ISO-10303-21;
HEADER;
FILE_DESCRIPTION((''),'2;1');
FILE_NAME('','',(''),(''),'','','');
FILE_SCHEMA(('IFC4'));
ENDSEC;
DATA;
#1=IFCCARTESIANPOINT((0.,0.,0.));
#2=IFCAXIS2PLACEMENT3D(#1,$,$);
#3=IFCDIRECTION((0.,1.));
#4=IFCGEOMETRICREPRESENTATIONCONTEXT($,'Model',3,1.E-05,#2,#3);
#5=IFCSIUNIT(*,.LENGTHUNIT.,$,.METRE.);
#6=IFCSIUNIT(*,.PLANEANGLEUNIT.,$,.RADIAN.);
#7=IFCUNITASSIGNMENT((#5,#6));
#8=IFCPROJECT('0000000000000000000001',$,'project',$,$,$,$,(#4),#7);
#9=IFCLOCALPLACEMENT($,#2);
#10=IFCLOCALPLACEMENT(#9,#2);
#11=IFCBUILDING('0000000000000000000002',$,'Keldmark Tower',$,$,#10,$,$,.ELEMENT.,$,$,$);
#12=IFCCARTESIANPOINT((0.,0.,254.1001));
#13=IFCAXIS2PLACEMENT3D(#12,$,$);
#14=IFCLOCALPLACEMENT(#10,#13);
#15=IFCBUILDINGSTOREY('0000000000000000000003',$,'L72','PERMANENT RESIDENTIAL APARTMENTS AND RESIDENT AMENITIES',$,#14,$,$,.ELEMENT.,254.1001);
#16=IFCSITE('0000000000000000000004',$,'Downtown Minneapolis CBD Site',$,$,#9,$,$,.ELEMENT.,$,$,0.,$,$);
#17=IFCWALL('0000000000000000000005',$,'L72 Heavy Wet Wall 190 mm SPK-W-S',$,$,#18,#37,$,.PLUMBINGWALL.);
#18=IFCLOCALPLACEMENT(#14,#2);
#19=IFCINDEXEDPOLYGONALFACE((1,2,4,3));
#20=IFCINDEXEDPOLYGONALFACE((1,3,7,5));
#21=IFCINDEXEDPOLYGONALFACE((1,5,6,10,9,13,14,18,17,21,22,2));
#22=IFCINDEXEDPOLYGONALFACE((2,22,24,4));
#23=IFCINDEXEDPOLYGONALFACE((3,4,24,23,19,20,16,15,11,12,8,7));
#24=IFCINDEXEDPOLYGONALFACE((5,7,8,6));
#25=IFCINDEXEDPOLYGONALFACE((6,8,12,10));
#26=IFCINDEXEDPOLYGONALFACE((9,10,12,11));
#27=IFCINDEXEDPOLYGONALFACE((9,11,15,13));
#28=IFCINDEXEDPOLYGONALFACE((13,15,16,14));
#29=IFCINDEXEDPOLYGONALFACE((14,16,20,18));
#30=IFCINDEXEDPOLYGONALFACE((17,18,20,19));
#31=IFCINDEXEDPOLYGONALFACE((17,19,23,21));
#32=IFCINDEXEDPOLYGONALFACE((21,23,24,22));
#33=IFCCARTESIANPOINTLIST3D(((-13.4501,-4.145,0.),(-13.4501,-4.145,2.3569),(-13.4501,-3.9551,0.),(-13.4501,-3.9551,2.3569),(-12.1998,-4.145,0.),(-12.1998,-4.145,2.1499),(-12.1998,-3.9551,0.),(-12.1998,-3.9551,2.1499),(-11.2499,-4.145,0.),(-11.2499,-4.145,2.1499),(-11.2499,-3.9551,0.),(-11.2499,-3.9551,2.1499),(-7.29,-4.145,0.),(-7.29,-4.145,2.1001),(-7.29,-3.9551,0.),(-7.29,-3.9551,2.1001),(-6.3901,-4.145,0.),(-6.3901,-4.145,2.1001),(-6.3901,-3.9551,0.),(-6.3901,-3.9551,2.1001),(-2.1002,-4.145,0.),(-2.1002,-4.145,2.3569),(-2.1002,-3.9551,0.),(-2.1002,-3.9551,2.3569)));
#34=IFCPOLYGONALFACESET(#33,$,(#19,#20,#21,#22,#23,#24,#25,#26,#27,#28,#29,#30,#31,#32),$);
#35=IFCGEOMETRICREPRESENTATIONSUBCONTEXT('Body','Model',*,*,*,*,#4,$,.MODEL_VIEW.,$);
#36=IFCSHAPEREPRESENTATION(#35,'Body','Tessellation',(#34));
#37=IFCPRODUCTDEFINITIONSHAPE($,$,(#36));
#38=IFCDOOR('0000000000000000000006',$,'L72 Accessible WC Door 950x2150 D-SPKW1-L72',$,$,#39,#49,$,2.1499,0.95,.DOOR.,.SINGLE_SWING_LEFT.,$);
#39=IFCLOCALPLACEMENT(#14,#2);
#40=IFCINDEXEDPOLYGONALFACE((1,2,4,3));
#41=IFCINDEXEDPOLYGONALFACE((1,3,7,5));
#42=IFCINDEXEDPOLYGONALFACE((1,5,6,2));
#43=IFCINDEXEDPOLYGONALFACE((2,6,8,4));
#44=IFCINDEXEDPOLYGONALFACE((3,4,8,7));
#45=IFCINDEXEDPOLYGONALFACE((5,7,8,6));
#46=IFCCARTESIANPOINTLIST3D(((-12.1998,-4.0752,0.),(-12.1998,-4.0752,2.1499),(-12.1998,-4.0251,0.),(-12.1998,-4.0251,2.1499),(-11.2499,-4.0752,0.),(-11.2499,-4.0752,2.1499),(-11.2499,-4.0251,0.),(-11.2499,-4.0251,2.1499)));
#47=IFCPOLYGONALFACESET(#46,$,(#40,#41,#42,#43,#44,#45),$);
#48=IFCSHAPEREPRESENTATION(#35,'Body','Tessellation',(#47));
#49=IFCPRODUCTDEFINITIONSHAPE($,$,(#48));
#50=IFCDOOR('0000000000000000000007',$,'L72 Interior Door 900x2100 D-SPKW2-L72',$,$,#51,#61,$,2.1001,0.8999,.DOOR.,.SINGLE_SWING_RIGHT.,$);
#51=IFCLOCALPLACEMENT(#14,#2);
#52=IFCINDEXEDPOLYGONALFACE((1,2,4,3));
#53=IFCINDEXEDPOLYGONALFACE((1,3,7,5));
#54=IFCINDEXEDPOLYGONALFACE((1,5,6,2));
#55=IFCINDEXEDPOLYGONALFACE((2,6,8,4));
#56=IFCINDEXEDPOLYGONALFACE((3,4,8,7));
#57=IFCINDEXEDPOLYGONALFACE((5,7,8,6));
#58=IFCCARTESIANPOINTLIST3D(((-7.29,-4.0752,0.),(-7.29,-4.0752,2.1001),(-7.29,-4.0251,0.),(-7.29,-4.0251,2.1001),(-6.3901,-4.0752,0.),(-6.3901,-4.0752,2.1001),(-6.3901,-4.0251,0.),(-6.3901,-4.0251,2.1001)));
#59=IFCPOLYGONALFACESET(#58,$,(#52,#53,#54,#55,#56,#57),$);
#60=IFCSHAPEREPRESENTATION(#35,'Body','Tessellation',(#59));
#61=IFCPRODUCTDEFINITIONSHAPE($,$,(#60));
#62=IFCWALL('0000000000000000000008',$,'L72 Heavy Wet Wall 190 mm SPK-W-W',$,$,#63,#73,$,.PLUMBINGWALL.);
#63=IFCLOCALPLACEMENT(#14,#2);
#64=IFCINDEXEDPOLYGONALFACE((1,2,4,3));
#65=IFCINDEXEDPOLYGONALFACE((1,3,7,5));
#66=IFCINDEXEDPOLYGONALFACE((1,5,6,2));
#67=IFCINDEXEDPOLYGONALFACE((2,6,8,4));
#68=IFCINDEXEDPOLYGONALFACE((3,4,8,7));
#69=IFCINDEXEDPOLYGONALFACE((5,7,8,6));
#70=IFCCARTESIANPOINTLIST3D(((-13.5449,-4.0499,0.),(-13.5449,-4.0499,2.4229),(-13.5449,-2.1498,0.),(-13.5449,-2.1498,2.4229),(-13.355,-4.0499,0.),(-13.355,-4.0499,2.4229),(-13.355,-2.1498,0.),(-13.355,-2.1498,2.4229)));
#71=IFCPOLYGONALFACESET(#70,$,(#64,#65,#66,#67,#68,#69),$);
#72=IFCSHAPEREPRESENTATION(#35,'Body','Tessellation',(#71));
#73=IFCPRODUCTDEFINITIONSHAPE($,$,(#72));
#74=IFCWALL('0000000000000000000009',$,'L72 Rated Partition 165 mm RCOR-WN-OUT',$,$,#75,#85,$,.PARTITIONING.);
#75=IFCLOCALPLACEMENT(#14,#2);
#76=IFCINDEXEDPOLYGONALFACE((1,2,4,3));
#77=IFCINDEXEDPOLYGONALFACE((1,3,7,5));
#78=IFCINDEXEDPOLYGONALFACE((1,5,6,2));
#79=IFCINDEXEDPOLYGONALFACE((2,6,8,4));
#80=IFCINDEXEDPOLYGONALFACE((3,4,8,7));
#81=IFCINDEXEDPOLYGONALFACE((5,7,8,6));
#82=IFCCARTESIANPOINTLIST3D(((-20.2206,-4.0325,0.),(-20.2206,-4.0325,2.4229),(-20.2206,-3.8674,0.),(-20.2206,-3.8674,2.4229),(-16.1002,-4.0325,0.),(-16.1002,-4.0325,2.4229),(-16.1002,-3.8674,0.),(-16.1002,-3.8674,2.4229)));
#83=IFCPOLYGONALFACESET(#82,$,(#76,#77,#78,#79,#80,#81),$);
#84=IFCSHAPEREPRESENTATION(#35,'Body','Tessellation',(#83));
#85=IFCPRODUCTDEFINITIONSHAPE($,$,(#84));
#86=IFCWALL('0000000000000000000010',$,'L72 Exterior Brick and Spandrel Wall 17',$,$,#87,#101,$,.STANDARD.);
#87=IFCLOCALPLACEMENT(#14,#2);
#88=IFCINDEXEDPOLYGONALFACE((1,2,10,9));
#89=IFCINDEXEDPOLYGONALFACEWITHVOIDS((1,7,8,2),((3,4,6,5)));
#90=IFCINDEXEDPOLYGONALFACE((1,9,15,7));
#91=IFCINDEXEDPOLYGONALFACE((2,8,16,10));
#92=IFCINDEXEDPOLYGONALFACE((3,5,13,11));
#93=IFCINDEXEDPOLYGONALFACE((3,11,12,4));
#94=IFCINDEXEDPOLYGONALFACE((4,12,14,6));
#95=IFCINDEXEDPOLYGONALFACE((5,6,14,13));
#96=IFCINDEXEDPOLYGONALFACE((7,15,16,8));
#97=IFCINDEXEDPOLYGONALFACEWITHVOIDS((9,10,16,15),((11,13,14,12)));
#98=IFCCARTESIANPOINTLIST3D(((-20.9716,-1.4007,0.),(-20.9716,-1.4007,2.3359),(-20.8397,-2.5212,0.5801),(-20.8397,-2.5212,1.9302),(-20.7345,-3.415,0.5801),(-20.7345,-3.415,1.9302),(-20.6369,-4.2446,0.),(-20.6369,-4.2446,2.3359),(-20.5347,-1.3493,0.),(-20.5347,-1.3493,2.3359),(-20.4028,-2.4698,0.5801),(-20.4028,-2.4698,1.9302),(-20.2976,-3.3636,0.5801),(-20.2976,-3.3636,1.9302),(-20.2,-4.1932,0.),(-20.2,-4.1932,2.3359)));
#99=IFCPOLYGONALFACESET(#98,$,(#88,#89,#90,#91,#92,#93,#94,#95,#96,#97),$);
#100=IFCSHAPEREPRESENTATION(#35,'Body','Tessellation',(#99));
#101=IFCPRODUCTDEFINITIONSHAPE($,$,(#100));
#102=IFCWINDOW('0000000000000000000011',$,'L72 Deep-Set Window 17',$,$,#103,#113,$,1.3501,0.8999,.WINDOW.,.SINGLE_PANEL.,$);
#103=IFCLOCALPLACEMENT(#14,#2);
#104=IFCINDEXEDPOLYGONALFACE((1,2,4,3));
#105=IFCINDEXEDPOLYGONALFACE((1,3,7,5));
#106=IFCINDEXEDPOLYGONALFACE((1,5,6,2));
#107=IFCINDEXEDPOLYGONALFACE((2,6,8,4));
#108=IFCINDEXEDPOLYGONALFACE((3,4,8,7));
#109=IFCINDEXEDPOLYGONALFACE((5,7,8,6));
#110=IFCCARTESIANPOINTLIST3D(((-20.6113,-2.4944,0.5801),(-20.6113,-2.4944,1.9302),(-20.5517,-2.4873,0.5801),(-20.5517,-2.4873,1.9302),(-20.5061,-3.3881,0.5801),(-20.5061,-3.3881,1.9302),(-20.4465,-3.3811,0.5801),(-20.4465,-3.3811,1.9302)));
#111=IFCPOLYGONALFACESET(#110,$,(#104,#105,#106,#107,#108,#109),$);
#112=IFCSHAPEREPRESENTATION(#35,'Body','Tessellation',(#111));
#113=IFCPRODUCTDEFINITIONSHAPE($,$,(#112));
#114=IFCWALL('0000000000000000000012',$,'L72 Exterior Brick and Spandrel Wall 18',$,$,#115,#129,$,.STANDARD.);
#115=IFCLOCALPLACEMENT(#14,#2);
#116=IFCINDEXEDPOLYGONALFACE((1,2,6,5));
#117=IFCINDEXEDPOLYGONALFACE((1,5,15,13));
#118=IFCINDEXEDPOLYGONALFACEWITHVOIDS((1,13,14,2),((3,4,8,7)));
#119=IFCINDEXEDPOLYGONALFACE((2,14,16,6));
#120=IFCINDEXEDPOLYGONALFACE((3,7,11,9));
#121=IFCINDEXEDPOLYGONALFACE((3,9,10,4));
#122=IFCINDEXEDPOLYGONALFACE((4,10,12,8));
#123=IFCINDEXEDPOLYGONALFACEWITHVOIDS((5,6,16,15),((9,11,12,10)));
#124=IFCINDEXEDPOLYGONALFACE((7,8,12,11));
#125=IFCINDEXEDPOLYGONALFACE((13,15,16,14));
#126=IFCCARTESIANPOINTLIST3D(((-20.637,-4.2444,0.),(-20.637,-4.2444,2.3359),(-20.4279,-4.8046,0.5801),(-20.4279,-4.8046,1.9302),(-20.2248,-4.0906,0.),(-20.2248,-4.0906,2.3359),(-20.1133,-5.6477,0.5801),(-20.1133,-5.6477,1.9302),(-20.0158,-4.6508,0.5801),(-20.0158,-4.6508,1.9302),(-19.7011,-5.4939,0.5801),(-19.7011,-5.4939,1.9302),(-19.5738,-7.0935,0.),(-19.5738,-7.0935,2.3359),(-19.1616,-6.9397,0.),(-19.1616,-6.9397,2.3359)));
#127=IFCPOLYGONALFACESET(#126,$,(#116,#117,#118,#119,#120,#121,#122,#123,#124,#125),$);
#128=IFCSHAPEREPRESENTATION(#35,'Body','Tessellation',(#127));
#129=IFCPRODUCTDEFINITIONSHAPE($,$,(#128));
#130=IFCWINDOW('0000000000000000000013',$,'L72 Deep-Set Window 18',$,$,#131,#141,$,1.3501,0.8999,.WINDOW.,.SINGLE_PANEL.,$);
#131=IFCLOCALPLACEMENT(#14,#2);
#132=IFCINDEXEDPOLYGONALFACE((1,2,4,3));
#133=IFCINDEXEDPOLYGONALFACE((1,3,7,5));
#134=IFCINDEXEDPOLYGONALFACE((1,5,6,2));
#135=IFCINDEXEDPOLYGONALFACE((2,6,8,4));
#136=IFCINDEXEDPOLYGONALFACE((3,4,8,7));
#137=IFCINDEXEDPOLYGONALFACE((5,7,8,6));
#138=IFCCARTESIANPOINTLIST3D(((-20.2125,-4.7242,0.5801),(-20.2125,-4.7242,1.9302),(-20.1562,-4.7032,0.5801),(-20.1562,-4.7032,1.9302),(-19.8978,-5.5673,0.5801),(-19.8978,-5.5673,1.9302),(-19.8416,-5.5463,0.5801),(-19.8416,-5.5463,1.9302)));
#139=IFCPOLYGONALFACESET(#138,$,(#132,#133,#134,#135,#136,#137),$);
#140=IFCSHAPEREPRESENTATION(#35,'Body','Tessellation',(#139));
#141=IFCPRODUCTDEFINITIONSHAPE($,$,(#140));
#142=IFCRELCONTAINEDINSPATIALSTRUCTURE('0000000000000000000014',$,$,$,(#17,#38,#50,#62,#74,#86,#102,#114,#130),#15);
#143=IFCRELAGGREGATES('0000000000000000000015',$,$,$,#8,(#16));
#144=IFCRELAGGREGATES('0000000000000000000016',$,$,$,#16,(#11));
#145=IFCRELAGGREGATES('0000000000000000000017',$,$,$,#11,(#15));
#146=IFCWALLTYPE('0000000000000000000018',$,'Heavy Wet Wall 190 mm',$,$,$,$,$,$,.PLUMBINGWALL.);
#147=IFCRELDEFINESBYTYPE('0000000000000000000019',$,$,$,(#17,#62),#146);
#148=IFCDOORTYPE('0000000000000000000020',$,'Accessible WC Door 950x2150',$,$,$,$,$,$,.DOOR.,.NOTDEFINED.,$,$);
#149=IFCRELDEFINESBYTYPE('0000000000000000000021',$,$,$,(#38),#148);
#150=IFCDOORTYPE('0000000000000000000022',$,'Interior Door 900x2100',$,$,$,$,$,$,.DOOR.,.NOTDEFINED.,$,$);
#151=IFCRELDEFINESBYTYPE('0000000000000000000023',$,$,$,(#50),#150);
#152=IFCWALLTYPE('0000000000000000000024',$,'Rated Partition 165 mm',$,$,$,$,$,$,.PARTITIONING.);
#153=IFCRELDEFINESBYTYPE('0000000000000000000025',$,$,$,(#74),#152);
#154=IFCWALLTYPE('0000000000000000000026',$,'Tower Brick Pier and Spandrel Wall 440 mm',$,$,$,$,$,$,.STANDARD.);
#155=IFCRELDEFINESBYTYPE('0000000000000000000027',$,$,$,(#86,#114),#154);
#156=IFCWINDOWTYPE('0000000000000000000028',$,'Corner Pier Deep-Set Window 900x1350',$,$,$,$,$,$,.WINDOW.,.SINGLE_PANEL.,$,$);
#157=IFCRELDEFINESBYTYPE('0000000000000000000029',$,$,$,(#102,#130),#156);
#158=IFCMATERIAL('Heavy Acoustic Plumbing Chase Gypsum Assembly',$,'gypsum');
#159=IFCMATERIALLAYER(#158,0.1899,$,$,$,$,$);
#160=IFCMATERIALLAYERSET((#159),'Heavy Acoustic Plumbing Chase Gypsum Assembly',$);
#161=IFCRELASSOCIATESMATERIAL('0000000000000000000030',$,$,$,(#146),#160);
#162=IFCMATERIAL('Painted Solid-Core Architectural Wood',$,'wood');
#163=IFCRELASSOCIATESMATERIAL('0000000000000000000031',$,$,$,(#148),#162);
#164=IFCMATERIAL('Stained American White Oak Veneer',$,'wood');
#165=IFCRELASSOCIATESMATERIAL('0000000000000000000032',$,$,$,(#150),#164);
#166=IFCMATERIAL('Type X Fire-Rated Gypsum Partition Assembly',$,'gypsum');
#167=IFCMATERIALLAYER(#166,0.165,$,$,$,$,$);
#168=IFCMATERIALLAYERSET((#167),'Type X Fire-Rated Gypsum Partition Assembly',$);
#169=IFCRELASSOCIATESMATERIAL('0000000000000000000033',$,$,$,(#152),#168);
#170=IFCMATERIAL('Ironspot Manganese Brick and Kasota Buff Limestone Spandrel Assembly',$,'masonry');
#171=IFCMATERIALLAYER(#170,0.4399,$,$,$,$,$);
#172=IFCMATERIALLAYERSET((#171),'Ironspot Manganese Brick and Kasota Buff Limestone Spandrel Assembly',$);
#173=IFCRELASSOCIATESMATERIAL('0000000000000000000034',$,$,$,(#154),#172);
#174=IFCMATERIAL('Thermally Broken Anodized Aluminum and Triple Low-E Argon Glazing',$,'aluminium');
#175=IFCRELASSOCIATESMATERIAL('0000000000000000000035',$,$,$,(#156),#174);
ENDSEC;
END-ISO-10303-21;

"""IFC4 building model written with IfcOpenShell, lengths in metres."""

from ifc_helpers import new_model, si_unit, direction, frame, frame_2d, origin, place, context, subcontext, project, spatial, rectangle, extrude, material, layer, layer_set, type_object, element, fill, save


model = new_model("IFC4")

# Units and contexts
model_context = context("Model", 3, precision=1e-05, world=origin(), true_north=direction((0.0, 1.0)))
body_context = subcontext(model_context, "Body", "Model", "MODEL_VIEW")
ifc_project = project(units=[si_unit("LENGTHUNIT", "METRE"), si_unit("PLANEANGLEUNIT", "RADIAN")], contexts=[model_context])

# Site, building, storey
site_placement = place(None, origin())
site = spatial("IfcSite", under=ifc_project, at=site_placement, Name="Downtown Minneapolis CBD Site", CompositionType="ELEMENT", RefElevation=0.0)
building_placement = place(site_placement, origin())
building = spatial("IfcBuilding", under=site, at=building_placement, Name="Keldmark Tower", CompositionType="ELEMENT")
storey_placement = place(building_placement, frame((0.0, 0.0, 254.1001)))
storey = spatial("IfcBuildingStorey", under=building, at=storey_placement, Name="L72", Description="PERMANENT RESIDENTIAL APARTMENTS AND RESIDENT AMENITIES", CompositionType="ELEMENT", Elevation=254.1001)

# Wall, openings, doors
ifc_material_1 = material(Name="Heavy Acoustic Plumbing Chase Gypsum Assembly", Category="gypsum")
ifc_layer_1 = layer(ifc_material_1, 0.1899)
ifc_layer_set_1 = layer_set([ifc_layer_1], Name="Heavy Acoustic Plumbing Chase Gypsum Assembly")
wall_type_1 = type_object("IfcWallType", Name="Heavy Wet Wall 190 mm", PredefinedType="PLUMBINGWALL", material=ifc_layer_set_1)
wall_1_placement = place(storey_placement, frame((-13.45, -4.05, 0.0), z_axis=(0.0, 0.0, 1.0), x_axis=(1.0, 0.0, 0.0)))
wall_1 = element("IfcWall", 1, at=wall_1_placement, inside=storey, type_object=wall_type_1, Name="L72 Heavy Wet Wall 190 mm SPK-W-S", PredefinedType="PLUMBINGWALL", context=body_context, shape_type="SweptSolid", body=[
    extrude(rectangle(XDim=11.3499, YDim=0.1899, at=frame_2d((5.6748, 0.0))), origin(), (0.0, 0.0, 1.0), 2.3569),
])
opening_1_placement = place(wall_1_placement, frame((1.25, 0.0, 0.0)))
opening_1 = element("IfcOpeningElement", 2, at=opening_1_placement, cuts=wall_1, PredefinedType="OPENING", context=body_context, shape_type="SweptSolid", body=[
    extrude(rectangle(XDim=0.95, YDim=2.1499, at=frame_2d((0.4751, 1.075))), frame((0.0, 0.105, 0.0), z_axis=(0.0, -1.0, 0.0), x_axis=(1.0, 0.0, 0.0)), (0.0, 0.0, 1.0), 0.21),
])
opening_2_placement = place(wall_1_placement, frame((6.1599, 0.0, 0.0)))
opening_2 = element("IfcOpeningElement", 3, at=opening_2_placement, cuts=wall_1, PredefinedType="OPENING", context=body_context, shape_type="SweptSolid", body=[
    extrude(rectangle(XDim=0.8999, YDim=2.1001, at=frame_2d((0.45, 1.05))), frame((0.0, 0.105, 0.0), z_axis=(0.0, -1.0, 0.0), x_axis=(1.0, 0.0, 0.0)), (0.0, 0.0, 1.0), 0.21),
])
ifc_material_2 = material(Name="Painted Solid-Core Architectural Wood", Category="wood")
door_type_1 = type_object("IfcDoorType", Name="Accessible WC Door 950x2150", OperationType="NOTDEFINED", PredefinedType="DOOR", material=ifc_material_2)
door_1_placement = place(opening_1_placement, origin())
door_1 = element("IfcDoor", 4, at=door_1_placement, inside=storey, type_object=door_type_1, Name="L72 Accessible WC Door 950x2150 D-SPKW1-L72", OperationType="SINGLE_SWING_LEFT", OverallHeight=2.1499, OverallWidth=0.95, PredefinedType="DOOR", context=body_context, shape_type="SweptSolid", body=[
    extrude(rectangle(XDim=0.95, YDim=2.1499, at=frame_2d((0.4751, 1.075))), frame((0.0, 0.0249, 0.0), z_axis=(0.0, -1.0, 0.0), x_axis=(1.0, 0.0, 0.0)), (0.0, 0.0, 1.0), 0.05),
])
fill(opening_1, door_1)
ifc_material_3 = material(Name="Stained American White Oak Veneer", Category="wood")
door_type_2 = type_object("IfcDoorType", Name="Interior Door 900x2100", OperationType="NOTDEFINED", PredefinedType="DOOR", material=ifc_material_3)
door_2_placement = place(opening_2_placement, origin())
door_2 = element("IfcDoor", 5, at=door_2_placement, inside=storey, type_object=door_type_2, Name="L72 Interior Door 900x2100 D-SPKW2-L72", OperationType="SINGLE_SWING_RIGHT", OverallHeight=2.1001, OverallWidth=0.8999, PredefinedType="DOOR", context=body_context, shape_type="SweptSolid", body=[
    extrude(rectangle(XDim=0.8999, YDim=2.1001, at=frame_2d((0.45, 1.05))), frame((0.0, 0.0249, 0.0), z_axis=(0.0, -1.0, 0.0), x_axis=(1.0, 0.0, 0.0)), (0.0, 0.0, 1.0), 0.05),
])
fill(opening_2, door_2)

# Wall
wall_2_placement = place(storey_placement, frame((-13.45, -4.05, 0.0), z_axis=(0.0, 0.0, 1.0), x_axis=(0.0, 1.0, 0.0)))
element("IfcWall", 6, at=wall_2_placement, inside=storey, type_object=wall_type_1, Name="L72 Heavy Wet Wall 190 mm SPK-W-W", PredefinedType="PLUMBINGWALL", context=body_context, shape_type="SweptSolid", body=[
    extrude(rectangle(XDim=1.9001, YDim=0.1899, at=frame_2d((0.9502, 0.0))), origin(), (0.0, 0.0, 1.0), 2.4229),
])

# Shared definitions
ifc_material_4 = material(Name="Type X Fire-Rated Gypsum Partition Assembly", Category="gypsum")
ifc_layer_2 = layer(ifc_material_4, 0.165)
ifc_layer_set_2 = layer_set([ifc_layer_2], Name="Type X Fire-Rated Gypsum Partition Assembly")
wall_type_2 = type_object("IfcWallType", Name="Rated Partition 165 mm", PredefinedType="PARTITIONING", material=ifc_layer_set_2)

# Wall
wall_3_placement = place(storey_placement, frame((-20.2205, -3.95, 0.0), z_axis=(0.0, 0.0, 1.0), x_axis=(1.0, 0.0, 0.0)))
element("IfcWall", 7, at=wall_3_placement, inside=storey, type_object=wall_type_2, Name="L72 Rated Partition 165 mm RCOR-WN-OUT", PredefinedType="PARTITIONING", context=body_context, shape_type="SweptSolid", body=[
    extrude(rectangle(XDim=4.1204, YDim=0.165, at=frame_2d((2.0601, 0.0))), origin(), (0.0, 0.0, 1.0), 2.4229),
])

# Walls, openings, windows
ifc_material_5 = material(Name="Ironspot Manganese Brick and Kasota Buff Limestone Spandrel Assembly", Category="masonry")
ifc_layer_3 = layer(ifc_material_5, 0.4399)
ifc_layer_set_3 = layer_set([ifc_layer_3], Name="Ironspot Manganese Brick and Kasota Buff Limestone Spandrel Assembly")
wall_type_3 = type_object("IfcWallType", Name="Tower Brick Pier and Spandrel Wall 440 mm", PredefinedType="STANDARD", material=ifc_layer_set_3)
wall_4_placement = place(storey_placement, frame((-20.4185, -4.2188, 0.0), z_axis=(0.0, 0.0, 1.0), x_axis=(-0.116886, 0.993145, 0.0)))
wall_4 = element("IfcWall", 8, at=wall_4_placement, inside=storey, type_object=wall_type_3, Name="L72 Exterior Brick and Spandrel Wall 17", PredefinedType="STANDARD", context=body_context, shape_type="SweptSolid", body=[
    extrude(rectangle(XDim=2.8635, YDim=0.4399, at=frame_2d((1.4316, 0.0))), origin(), (0.0, 0.0, 1.0), 2.3359),
])
opening_3_placement = place(wall_4_placement, frame((0.8352, 0.0, 0.5801)))
opening_3 = element("IfcOpeningElement", 9, at=opening_3_placement, cuts=wall_4, PredefinedType="OPENING", context=body_context, shape_type="SweptSolid", body=[
    extrude(rectangle(XDim=0.8999, YDim=1.3501, at=frame_2d((0.45, 0.675))), frame((0.0, 0.23, 0.0), z_axis=(0.0, -1.0, 0.0), x_axis=(1.0, 0.0, 0.0)), (0.0, 0.0, 1.0), 0.46),
])
ifc_material_6 = material(Name="Thermally Broken Anodized Aluminum and Triple Low-E Argon Glazing", Category="aluminium")
window_type = type_object("IfcWindowType", Name="Corner Pier Deep-Set Window 900x1350", PartitioningType="SINGLE_PANEL", PredefinedType="WINDOW", material=ifc_material_6)
window_1_placement = place(opening_3_placement, origin())
window_1 = element("IfcWindow", 10, at=window_1_placement, inside=storey, type_object=window_type, Name="L72 Deep-Set Window 17", OverallHeight=1.3501, OverallWidth=0.8999, PartitioningType="SINGLE_PANEL", PredefinedType="WINDOW", context=body_context, shape_type="SweptSolid", body=[
    extrude(rectangle(XDim=0.8999, YDim=1.3501, at=frame_2d((0.45, 0.675))), frame((0.0, -0.01, 0.0), z_axis=(0.0, -1.0, 0.0), x_axis=(1.0, 0.0, 0.0)), (0.0, 0.0, 1.0), 0.0601),
])
fill(opening_3, window_1)
wall_5_placement = place(storey_placement, frame((-19.3677, -7.0166, 0.0), z_axis=(0.0, 0.0, 1.0), x_axis=(-0.349627, 0.936889, 0.0)))
wall_5 = element("IfcWall", 11, at=wall_5_placement, inside=storey, type_object=wall_type_3, Name="L72 Exterior Brick and Spandrel Wall 18", PredefinedType="STANDARD", context=body_context, shape_type="SweptSolid", body=[
    extrude(rectangle(XDim=3.041, YDim=0.4399, at=frame_2d((1.5205, 0.0))), origin(), (0.0, 0.0, 1.0), 2.3359),
])
opening_4_placement = place(wall_5_placement, frame((1.5432, 0.0, 0.5801)))
opening_4 = element("IfcOpeningElement", 12, at=opening_4_placement, cuts=wall_5, PredefinedType="OPENING", context=body_context, shape_type="SweptSolid", body=[
    extrude(rectangle(XDim=0.8999, YDim=1.3501, at=frame_2d((0.45, 0.675))), frame((0.0, 0.23, 0.0), z_axis=(0.0, -1.0, 0.0), x_axis=(1.0, 0.0, 0.0)), (0.0, 0.0, 1.0), 0.46),
])
window_2_placement = place(opening_4_placement, origin())
window_2 = element("IfcWindow", 13, at=window_2_placement, inside=storey, type_object=window_type, Name="L72 Deep-Set Window 18", OverallHeight=1.3501, OverallWidth=0.8999, PartitioningType="SINGLE_PANEL", PredefinedType="WINDOW", context=body_context, shape_type="SweptSolid", body=[
    extrude(rectangle(XDim=0.8999, YDim=1.3501, at=frame_2d((0.45, 0.675))), frame((0.0, -0.01, 0.0), z_axis=(0.0, -1.0, 0.0), x_axis=(1.0, 0.0, 0.0)), (0.0, 0.0, 1.0), 0.0601),
])
fill(opening_4, window_2)

save(model, "model.ifc")
